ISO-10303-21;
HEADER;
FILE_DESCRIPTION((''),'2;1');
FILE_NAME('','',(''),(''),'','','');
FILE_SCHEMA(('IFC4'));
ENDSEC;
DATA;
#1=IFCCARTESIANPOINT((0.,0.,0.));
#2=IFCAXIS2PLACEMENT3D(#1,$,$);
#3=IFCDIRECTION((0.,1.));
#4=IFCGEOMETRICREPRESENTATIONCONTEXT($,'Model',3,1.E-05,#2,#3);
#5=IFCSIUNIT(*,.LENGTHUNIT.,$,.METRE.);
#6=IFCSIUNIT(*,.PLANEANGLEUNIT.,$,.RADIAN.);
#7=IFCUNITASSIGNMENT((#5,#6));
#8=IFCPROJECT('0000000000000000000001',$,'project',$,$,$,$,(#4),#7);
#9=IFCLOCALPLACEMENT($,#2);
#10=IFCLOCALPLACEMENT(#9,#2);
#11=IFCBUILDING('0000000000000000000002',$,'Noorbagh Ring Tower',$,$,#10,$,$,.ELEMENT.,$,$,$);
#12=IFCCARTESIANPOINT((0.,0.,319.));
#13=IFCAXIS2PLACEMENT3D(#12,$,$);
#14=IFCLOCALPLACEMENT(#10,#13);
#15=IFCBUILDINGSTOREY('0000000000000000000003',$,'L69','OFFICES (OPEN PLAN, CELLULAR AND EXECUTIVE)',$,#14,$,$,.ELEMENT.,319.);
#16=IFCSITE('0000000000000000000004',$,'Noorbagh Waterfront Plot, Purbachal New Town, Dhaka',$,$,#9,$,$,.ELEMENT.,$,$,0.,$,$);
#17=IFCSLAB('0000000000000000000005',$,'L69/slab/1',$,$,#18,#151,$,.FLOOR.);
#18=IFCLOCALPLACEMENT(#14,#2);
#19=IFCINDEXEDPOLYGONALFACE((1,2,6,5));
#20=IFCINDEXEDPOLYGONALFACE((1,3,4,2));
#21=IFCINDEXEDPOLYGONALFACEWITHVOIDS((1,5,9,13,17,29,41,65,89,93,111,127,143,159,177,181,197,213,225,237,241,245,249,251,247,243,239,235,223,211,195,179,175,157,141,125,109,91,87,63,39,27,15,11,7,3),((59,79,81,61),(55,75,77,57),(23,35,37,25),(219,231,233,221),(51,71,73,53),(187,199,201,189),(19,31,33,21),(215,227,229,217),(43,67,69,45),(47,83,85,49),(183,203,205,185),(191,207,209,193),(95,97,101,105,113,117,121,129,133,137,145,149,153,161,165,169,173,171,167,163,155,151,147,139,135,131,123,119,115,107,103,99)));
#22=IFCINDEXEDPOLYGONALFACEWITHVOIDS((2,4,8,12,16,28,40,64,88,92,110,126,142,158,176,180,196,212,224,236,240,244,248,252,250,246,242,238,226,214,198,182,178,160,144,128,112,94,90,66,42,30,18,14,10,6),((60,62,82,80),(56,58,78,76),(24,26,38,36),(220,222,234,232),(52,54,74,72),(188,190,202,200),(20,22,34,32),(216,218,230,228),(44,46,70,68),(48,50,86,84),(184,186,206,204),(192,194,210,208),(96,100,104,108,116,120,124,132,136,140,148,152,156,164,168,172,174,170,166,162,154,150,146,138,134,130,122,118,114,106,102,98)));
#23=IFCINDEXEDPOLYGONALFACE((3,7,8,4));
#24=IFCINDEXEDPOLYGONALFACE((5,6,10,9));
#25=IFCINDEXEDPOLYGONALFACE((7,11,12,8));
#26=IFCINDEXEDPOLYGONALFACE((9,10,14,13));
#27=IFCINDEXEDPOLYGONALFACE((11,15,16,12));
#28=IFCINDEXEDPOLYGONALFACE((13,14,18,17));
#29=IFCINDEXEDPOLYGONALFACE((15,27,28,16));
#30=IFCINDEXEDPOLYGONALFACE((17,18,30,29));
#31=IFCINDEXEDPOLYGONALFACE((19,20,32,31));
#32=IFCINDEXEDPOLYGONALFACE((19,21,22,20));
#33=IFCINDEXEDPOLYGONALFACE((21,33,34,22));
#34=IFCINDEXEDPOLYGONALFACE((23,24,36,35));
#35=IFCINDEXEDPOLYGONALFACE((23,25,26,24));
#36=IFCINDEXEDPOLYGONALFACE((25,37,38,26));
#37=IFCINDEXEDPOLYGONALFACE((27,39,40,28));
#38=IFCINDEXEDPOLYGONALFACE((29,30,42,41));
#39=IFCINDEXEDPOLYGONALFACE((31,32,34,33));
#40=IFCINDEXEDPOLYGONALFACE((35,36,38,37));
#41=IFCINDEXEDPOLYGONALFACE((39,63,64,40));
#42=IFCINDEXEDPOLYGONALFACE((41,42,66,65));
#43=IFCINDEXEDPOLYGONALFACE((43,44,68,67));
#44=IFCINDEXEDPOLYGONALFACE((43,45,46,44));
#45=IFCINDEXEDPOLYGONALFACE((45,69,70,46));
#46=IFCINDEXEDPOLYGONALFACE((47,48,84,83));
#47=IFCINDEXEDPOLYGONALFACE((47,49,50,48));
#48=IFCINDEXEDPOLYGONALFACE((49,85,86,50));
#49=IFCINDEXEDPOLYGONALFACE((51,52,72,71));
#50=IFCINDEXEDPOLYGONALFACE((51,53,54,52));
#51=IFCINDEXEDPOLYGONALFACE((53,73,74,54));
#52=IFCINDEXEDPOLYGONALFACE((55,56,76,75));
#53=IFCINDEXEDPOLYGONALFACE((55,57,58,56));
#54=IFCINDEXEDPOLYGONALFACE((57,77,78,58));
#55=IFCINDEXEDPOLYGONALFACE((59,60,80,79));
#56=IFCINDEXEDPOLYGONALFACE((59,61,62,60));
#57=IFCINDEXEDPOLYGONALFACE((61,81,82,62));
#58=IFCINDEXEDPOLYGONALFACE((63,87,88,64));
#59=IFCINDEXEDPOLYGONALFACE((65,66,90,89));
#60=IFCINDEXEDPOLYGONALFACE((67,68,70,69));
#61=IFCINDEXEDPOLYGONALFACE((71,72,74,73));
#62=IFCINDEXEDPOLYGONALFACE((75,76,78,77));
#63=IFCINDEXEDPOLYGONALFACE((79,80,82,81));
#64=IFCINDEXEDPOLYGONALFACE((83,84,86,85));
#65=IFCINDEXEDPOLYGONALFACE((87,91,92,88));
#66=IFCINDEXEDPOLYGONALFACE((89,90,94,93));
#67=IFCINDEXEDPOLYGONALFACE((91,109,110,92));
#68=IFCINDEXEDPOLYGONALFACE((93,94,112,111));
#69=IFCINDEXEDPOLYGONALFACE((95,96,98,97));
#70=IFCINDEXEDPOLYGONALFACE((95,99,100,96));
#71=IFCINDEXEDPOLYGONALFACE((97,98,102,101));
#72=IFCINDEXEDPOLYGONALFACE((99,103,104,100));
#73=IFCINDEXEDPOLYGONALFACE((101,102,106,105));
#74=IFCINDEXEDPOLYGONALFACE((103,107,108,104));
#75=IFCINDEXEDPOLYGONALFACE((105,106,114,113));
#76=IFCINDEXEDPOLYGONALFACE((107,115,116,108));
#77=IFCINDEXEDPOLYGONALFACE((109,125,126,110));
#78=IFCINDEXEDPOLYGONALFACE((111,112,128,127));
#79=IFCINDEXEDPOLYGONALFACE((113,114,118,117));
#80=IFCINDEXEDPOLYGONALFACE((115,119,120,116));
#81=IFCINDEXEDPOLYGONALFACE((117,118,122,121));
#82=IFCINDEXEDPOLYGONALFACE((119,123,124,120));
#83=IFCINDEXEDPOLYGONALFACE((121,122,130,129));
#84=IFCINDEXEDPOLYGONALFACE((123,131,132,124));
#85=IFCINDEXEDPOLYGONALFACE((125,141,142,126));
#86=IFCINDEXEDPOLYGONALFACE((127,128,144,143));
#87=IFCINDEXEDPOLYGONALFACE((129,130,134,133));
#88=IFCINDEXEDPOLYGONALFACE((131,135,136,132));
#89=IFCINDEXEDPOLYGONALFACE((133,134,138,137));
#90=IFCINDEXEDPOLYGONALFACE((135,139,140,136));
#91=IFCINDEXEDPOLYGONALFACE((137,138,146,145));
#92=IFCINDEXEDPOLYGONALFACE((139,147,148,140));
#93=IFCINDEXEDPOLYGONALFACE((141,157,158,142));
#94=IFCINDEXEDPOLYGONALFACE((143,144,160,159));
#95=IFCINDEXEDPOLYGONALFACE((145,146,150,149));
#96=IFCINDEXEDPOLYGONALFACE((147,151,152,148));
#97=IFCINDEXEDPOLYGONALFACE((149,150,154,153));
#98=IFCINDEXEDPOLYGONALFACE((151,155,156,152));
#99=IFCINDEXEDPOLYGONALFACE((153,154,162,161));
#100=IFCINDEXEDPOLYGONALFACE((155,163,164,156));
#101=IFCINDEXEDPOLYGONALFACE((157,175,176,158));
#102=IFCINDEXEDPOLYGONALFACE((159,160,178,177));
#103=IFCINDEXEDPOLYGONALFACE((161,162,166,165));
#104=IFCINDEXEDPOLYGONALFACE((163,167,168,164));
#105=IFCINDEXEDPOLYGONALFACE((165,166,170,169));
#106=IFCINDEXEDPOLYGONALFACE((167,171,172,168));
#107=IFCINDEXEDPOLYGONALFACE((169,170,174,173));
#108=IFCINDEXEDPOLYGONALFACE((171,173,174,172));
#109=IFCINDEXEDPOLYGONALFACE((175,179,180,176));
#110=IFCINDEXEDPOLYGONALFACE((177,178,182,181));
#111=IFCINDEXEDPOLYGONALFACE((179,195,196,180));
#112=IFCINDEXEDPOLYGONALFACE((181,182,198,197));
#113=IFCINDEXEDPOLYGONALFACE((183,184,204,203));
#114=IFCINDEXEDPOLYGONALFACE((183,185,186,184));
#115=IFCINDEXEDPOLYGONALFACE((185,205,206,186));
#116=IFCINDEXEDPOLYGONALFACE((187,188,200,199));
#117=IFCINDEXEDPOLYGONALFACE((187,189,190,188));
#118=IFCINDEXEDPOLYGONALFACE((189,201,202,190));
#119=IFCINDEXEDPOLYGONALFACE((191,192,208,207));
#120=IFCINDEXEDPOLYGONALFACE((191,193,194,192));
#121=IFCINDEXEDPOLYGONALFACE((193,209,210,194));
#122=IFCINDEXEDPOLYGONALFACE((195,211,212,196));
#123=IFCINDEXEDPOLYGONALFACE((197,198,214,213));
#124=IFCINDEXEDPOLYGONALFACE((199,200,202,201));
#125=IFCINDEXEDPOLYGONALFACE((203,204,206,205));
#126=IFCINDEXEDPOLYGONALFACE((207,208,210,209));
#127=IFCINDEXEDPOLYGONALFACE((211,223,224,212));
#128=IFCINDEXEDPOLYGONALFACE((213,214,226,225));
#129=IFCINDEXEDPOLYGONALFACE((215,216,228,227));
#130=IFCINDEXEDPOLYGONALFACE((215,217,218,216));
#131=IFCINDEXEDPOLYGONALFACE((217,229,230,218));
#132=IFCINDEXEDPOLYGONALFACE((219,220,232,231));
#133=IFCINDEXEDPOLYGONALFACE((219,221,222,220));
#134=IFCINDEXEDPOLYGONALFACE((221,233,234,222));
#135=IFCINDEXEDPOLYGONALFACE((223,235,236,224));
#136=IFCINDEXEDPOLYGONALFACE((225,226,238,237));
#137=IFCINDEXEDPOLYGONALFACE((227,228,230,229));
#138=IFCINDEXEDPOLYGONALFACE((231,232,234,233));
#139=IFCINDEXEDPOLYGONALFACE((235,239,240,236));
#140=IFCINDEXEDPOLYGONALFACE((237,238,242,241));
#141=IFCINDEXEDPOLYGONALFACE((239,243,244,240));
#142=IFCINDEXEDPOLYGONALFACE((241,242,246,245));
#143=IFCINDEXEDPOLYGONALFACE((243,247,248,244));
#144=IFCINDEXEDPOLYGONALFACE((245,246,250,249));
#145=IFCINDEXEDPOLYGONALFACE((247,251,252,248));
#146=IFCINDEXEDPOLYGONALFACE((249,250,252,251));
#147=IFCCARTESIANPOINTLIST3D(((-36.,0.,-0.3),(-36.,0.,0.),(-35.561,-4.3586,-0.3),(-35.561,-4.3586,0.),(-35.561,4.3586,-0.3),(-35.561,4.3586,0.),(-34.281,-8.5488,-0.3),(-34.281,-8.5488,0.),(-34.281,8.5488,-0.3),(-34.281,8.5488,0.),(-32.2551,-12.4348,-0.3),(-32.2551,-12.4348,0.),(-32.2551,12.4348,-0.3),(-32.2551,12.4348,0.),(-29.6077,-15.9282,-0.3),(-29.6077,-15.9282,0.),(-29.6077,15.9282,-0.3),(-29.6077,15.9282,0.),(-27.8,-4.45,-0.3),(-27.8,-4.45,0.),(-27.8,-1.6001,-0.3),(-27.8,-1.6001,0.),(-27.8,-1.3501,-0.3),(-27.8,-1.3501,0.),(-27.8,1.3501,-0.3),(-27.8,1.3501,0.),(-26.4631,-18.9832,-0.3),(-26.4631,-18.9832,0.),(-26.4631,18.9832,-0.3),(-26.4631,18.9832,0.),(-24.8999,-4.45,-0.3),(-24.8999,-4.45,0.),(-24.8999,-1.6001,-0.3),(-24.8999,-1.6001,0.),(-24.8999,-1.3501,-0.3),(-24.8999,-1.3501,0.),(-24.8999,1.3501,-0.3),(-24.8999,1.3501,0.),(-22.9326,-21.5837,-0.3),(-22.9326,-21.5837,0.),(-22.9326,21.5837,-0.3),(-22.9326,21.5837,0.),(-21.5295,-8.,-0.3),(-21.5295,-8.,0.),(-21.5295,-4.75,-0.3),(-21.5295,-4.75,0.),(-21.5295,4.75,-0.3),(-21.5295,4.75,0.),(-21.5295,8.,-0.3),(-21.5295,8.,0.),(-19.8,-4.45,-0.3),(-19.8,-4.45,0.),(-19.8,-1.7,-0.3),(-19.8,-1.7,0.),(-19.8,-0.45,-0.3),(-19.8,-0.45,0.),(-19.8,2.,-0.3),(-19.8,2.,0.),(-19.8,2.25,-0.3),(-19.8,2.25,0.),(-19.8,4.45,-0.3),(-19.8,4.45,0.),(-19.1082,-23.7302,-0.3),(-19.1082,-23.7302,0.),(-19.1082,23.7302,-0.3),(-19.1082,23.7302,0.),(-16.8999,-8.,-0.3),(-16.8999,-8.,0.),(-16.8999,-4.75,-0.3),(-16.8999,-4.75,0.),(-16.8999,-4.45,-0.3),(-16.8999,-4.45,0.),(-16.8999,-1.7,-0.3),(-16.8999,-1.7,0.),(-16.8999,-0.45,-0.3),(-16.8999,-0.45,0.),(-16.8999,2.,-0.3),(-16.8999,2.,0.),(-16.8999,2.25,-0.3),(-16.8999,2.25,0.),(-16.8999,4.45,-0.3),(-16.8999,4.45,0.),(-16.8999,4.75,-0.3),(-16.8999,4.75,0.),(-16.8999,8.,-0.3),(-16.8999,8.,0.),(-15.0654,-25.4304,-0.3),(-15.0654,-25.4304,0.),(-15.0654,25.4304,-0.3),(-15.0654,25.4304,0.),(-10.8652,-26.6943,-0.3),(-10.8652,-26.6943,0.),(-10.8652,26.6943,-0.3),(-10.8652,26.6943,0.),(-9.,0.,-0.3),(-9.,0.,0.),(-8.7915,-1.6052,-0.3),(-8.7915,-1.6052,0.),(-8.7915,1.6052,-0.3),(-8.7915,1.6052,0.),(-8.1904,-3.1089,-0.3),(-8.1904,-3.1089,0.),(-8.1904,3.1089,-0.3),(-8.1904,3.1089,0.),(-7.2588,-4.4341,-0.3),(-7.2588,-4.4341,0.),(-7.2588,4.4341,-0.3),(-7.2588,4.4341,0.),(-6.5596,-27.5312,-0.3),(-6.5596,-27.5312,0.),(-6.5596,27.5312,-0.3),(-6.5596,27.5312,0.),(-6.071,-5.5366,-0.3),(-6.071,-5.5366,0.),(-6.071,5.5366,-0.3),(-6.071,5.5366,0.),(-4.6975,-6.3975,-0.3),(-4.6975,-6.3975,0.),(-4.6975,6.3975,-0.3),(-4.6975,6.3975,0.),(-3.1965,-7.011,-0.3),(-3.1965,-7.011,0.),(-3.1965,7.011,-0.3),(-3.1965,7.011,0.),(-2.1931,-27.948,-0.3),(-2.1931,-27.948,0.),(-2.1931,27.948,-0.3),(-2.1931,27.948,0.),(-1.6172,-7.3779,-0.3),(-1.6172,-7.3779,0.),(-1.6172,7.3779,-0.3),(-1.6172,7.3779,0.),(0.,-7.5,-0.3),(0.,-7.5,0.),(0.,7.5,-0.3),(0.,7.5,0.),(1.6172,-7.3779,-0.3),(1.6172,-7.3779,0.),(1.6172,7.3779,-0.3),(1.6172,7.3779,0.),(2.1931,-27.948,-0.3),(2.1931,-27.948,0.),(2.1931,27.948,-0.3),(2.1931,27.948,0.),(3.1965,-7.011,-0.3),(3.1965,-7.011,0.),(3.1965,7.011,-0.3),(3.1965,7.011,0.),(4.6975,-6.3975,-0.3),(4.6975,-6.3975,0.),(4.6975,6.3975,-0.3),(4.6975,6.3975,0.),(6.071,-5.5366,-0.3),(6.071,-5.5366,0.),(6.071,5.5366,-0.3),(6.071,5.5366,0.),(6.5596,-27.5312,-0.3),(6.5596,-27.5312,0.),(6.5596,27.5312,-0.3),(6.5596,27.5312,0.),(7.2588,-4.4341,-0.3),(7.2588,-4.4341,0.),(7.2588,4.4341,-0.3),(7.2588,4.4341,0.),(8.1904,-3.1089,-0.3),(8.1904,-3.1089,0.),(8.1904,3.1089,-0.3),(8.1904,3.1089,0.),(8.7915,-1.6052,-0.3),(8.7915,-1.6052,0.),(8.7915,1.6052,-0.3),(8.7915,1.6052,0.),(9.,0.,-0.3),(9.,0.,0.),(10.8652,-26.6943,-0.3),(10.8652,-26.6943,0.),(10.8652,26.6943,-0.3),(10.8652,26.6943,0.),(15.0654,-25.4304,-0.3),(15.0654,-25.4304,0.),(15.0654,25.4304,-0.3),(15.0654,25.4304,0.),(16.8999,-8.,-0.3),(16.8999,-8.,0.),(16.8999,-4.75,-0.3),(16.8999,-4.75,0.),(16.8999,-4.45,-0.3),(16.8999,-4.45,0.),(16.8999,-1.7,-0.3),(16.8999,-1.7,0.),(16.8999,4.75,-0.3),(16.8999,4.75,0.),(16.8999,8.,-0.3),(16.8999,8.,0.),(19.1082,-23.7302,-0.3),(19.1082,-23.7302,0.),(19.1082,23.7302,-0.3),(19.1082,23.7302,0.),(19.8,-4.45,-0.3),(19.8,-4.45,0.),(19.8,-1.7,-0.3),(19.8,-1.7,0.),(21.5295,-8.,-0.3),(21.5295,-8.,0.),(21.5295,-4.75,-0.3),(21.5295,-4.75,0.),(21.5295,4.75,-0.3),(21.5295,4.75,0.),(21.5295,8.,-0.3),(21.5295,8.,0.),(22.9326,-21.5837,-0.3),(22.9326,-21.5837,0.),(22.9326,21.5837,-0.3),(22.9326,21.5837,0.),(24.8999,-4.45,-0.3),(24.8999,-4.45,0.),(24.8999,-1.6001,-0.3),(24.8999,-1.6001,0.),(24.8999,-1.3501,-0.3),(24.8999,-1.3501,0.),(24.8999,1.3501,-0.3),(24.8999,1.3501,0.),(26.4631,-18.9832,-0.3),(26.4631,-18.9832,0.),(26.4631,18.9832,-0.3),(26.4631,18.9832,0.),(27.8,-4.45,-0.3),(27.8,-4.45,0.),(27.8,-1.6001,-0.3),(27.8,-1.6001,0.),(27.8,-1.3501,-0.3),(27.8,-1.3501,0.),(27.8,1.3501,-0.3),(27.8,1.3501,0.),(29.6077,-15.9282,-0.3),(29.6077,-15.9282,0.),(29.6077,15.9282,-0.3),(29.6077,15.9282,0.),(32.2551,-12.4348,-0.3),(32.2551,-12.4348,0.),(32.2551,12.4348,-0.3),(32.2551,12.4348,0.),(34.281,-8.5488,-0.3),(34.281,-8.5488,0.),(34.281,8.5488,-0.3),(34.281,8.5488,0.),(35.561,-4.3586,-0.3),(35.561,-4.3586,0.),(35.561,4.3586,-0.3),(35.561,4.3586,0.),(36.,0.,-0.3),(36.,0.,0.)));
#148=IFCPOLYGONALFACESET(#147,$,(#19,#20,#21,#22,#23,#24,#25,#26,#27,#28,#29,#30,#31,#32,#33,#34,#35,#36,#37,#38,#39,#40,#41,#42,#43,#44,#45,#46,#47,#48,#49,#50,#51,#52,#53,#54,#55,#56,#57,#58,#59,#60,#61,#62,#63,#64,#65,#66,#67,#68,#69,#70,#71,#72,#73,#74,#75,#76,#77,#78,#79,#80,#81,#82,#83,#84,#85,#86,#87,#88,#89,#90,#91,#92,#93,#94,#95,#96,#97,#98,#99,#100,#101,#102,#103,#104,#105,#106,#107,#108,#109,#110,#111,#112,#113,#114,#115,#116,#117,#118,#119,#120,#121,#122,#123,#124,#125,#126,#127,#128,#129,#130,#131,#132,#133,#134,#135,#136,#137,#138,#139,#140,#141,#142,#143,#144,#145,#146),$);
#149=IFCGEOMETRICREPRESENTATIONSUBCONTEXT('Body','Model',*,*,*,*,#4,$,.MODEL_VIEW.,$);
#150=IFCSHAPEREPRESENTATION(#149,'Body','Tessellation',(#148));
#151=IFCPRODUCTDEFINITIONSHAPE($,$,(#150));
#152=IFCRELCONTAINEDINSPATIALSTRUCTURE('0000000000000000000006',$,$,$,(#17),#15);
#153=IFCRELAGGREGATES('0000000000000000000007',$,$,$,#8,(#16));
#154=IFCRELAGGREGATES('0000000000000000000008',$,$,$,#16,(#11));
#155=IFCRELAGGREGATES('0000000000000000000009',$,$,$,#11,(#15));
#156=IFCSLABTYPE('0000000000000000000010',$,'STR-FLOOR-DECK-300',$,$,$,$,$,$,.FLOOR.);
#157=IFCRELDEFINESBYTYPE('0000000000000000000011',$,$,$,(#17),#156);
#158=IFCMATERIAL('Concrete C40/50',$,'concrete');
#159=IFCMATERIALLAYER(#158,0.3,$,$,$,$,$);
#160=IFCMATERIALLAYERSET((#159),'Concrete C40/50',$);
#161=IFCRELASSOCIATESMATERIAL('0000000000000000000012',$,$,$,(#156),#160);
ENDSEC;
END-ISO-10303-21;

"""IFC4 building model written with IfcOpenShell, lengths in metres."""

from ifc_helpers import new_model, si_unit, direction, frame, origin, place, context, subcontext, project, spatial, polyline, outline, extrude, material, layer, layer_set, type_object, element, save


model = new_model("IFC4")

# Units and contexts
model_context = context("Model", 3, precision=1e-05, world=origin(), true_north=direction((0.0, 1.0)))
body_context = subcontext(model_context, "Body", "Model", "MODEL_VIEW")
ifc_project = project(units=[si_unit("LENGTHUNIT", "METRE"), si_unit("PLANEANGLEUNIT", "RADIAN")], contexts=[model_context])

# Site, building, storey
site_placement = place(None, origin())
building_placement = place(site_placement, origin())
storey_placement = place(building_placement, frame((0.0, 0.0, 319.0)))
site = spatial("IfcSite", under=ifc_project, at=site_placement, Name="Noorbagh Waterfront Plot, Purbachal New Town, Dhaka", CompositionType="ELEMENT", RefElevation=0.0)
building = spatial("IfcBuilding", under=site, at=building_placement, Name="Noorbagh Ring Tower", CompositionType="ELEMENT")
storey = spatial("IfcBuildingStorey", under=building, at=storey_placement, Name="L69", Description="OFFICES (OPEN PLAN, CELLULAR AND EXECUTIVE)", CompositionType="ELEMENT", Elevation=319.0)

# Slab
ifc_material_1 = material(Name="Concrete C40/50", Category="concrete")
ifc_layer_1 = layer(ifc_material_1, 0.3)
ifc_layer_set_1 = layer_set([ifc_layer_1], Name="Concrete C40/50")
slab_type = type_object("IfcSlabType", Name="STR-FLOOR-DECK-300", PredefinedType="FLOOR", material=ifc_layer_set_1)
slab_placement = place(storey_placement, frame((0.0, 0.0, -0.3)))
element("IfcSlab", 1, at=slab_placement, inside=storey, type_object=slab_type, Name="L69/slab/1", PredefinedType="FLOOR", context=body_context, shape_type="SweptSolid", body=[
    extrude(outline(polyline([(36.0, 0.0), (35.561, 4.3586), (34.281, 8.5488), (32.2551, 12.4348), (29.6077, 15.9282), (26.4631, 18.9832), (22.9326, 21.5837), (19.1082, 23.7302), (15.0654, 25.4304), (10.8652, 26.6943), (6.5596, 27.5312), (2.1931, 27.948), (-2.1931, 27.948), (-6.5596, 27.5312), (-10.8652, 26.6943), (-15.0654, 25.4304), (-19.1082, 23.7302), (-22.9326, 21.5837), (-26.4631, 18.9832), (-29.6077, 15.9282), (-32.2551, 12.4348), (-34.281, 8.5488), (-35.561, 4.3586), (-36.0, 0.0), (-35.561, -4.3586), (-34.281, -8.5488), (-32.2551, -12.4348), (-29.6077, -15.9282), (-26.4631, -18.9832), (-22.9326, -21.5837), (-19.1082, -23.7302), (-15.0654, -25.4304), (-10.8652, -26.6943), (-6.5596, -27.5312), (-2.1931, -27.948), (2.1931, -27.948), (6.5596, -27.5312), (10.8652, -26.6943), (15.0654, -25.4304), (19.1082, -23.7302), (22.9326, -21.5837), (26.4631, -18.9832), (29.6077, -15.9282), (32.2551, -12.4348), (34.281, -8.5488), (35.561, -4.3586), (36.0, 0.0)]), holes=[polyline([(24.8999, -1.6001), (27.8, -1.6001), (27.8, -4.45), (24.8999, -4.45), (24.8999, -1.6001)]), polyline([(24.8999, 1.3501), (27.8, 1.3501), (27.8, -1.3501), (24.8999, -1.3501), (24.8999, 1.3501)]), polyline([(21.5295, -8.0), (16.8999, -8.0), (16.8999, -4.75), (21.5295, -4.75), (21.5295, -8.0)]), polyline([(21.5295, 4.75), (16.8999, 4.75), (16.8999, 8.0), (21.5295, 8.0), (21.5295, 4.75)]), polyline([(16.8999, -1.7), (19.8, -1.7), (19.8, -4.45), (16.8999, -4.45), (16.8999, -1.7)]), polyline([(4.6975, -6.3975), (3.1965, -7.011), (1.6172, -7.3779), (0.0, -7.5), (-1.6172, -7.3779), (-3.1965, -7.011), (-4.6975, -6.3975), (-6.071, -5.5366), (-7.2588, -4.4341), (-8.1904, -3.1089), (-8.7915, -1.6052), (-9.0, 0.0), (-8.7915, 1.6052), (-8.1904, 3.1089), (-7.2588, 4.4341), (-6.071, 5.5366), (-4.6975, 6.3975), (-3.1965, 7.011), (-1.6172, 7.3779), (0.0, 7.5), (1.6172, 7.3779), (3.1965, 7.011), (4.6975, 6.3975), (6.071, 5.5366), (7.2588, 4.4341), (8.1904, 3.1089), (8.7915, 1.6052), (9.0, 0.0), (8.7915, -1.6052), (8.1904, -3.1089), (7.2588, -4.4341), (6.071, -5.5366), (4.6975, -6.3975)]), polyline([(-21.5295, -8.0), (-21.5295, -4.75), (-16.8999, -4.75), (-16.8999, -8.0), (-21.5295, -8.0)]), polyline([(-21.5295, 4.75), (-21.5295, 8.0), (-16.8999, 8.0), (-16.8999, 4.75), (-21.5295, 4.75)]), polyline([(-16.8999, -4.45), (-19.8, -4.45), (-19.8, -1.7), (-16.8999, -1.7), (-16.8999, -4.45)]), polyline([(-16.8999, -0.45), (-19.8, -0.45), (-19.8, 2.0), (-16.8999, 2.0), (-16.8999, -0.45)]), polyline([(-16.8999, 2.25), (-19.8, 2.25), (-19.8, 4.45), (-16.8999, 4.45), (-16.8999, 2.25)]), polyline([(-24.8999, -4.45), (-27.8, -4.45), (-27.8, -1.6001), (-24.8999, -1.6001), (-24.8999, -4.45)]), polyline([(-24.8999, 1.3501), (-24.8999, -1.3501), (-27.8, -1.3501), (-27.8, 1.3501), (-24.8999, 1.3501)])]), origin(), (0.0, 0.0, 1.0), 0.3),
])

save(model, "model.ifc")
